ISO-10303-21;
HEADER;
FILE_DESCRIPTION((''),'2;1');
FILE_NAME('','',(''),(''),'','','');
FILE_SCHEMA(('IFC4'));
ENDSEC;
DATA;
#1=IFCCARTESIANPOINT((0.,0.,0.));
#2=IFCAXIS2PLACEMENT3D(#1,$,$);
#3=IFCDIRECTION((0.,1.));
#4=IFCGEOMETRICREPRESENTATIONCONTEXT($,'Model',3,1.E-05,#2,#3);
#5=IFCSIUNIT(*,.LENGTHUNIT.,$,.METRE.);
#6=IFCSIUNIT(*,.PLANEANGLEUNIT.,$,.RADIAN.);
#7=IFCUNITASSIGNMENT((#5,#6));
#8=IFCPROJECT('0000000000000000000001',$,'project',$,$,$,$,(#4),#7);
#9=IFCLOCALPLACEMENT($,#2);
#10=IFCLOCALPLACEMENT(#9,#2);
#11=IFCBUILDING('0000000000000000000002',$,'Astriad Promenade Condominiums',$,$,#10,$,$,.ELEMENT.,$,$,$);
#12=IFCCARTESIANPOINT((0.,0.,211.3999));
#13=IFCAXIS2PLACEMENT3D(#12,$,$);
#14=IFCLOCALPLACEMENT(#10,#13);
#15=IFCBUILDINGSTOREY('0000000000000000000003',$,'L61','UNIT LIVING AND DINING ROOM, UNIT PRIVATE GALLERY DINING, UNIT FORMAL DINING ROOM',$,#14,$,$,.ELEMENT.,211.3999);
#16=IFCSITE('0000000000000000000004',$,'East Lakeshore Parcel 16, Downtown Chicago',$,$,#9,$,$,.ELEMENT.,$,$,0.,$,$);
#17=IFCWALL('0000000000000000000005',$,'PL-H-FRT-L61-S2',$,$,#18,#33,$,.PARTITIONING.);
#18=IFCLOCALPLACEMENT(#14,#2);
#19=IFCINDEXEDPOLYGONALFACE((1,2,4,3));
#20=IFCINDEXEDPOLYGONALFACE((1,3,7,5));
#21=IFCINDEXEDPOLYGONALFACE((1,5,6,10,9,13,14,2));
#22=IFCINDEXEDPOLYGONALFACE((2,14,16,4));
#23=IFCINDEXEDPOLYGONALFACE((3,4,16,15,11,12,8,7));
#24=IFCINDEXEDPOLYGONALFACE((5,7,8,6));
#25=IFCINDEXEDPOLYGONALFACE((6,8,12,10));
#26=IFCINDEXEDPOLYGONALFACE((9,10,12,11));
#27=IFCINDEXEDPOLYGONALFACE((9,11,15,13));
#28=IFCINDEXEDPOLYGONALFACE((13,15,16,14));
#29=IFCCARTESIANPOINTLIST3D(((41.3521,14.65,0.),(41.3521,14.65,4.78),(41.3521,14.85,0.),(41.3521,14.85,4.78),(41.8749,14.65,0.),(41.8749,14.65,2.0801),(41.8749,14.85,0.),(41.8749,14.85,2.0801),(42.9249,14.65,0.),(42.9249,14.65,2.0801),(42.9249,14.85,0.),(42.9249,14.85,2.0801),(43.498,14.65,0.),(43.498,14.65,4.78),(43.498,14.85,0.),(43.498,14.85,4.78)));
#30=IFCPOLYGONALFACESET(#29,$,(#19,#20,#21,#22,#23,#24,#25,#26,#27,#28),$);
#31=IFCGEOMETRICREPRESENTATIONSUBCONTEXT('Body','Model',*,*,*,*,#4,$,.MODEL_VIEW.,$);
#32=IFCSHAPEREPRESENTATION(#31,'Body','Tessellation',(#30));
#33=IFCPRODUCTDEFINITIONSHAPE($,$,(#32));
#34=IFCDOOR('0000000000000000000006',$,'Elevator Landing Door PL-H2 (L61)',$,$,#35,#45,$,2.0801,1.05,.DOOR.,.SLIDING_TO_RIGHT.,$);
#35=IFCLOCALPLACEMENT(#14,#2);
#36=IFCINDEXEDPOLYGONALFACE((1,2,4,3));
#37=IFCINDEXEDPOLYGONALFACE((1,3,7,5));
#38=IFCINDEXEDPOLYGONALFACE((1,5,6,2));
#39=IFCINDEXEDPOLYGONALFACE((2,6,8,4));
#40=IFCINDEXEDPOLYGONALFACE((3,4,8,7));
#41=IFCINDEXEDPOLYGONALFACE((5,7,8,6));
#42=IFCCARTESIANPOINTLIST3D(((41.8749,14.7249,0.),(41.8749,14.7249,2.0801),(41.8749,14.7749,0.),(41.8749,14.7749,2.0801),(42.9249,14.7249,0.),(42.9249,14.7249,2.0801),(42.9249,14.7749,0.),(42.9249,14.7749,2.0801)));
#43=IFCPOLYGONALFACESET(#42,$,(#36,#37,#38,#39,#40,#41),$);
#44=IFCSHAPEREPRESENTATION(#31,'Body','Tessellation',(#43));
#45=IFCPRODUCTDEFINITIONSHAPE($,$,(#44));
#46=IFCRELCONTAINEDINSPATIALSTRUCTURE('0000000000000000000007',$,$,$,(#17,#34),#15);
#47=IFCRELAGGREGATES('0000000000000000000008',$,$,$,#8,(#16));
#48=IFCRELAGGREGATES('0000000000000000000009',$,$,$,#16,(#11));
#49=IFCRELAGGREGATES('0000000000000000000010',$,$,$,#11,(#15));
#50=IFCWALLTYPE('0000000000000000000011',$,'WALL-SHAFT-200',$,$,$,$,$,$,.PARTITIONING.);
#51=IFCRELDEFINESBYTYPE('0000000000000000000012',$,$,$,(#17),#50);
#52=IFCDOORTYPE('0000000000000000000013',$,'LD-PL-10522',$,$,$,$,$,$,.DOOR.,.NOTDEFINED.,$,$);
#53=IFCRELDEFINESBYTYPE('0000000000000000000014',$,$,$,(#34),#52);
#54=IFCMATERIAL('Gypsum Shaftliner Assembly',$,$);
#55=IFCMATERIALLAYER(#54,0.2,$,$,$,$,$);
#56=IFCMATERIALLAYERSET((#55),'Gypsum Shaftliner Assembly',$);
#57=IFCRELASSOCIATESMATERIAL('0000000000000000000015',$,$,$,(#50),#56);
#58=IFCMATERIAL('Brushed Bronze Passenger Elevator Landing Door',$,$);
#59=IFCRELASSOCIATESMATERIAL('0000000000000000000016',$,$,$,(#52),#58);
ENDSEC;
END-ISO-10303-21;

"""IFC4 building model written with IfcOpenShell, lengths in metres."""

from ifc_helpers import new_model, si_unit, direction, frame, frame_2d, origin, place, context, subcontext, project, spatial, rectangle, extrude, source, transform, mapped, material, layer, layer_set, type_object, type_shapes, element, fill, save


model = new_model("IFC4")

# Units and contexts
model_context = context("Model", 3, precision=1e-05, world=origin(), true_north=direction((0.0, 1.0)))
body_context = subcontext(model_context, "Body", "Model", "MODEL_VIEW")
ifc_project = project(units=[si_unit("LENGTHUNIT", "METRE"), si_unit("PLANEANGLEUNIT", "RADIAN")], contexts=[model_context])

# Site, building, storey
site_placement = place(None, origin())
site = spatial("IfcSite", under=ifc_project, at=site_placement, Name="East Lakeshore Parcel 16, Downtown Chicago", CompositionType="ELEMENT", RefElevation=0.0)
building_placement = place(site_placement, origin())
building = spatial("IfcBuilding", under=site, at=building_placement, Name="Astriad Promenade Condominiums", CompositionType="ELEMENT")
storey_placement = place(building_placement, frame((0.0, 0.0, 211.3999)))
storey = spatial("IfcBuildingStorey", under=building, at=storey_placement, Name="L61", Description="UNIT LIVING AND DINING ROOM, UNIT PRIVATE GALLERY DINING, UNIT FORMAL DINING ROOM", CompositionType="ELEMENT", Elevation=211.3999)

# Shared definitions
ifc_material_1 = material(Name="Gypsum Shaftliner Assembly")
ifc_layer_1 = layer(ifc_material_1, 0.2)
ifc_layer_set_1 = layer_set([ifc_layer_1], Name="Gypsum Shaftliner Assembly")
wall_type_1 = type_object("IfcWallType", Name="WALL-SHAFT-200", PredefinedType="PARTITIONING", material=ifc_layer_set_1)

# Wall, opening, door
ifc_material_2 = material(Name="Brushed Bronze Passenger Elevator Landing Door")
door_type_1 = type_object("IfcDoorType", Name="LD-PL-10522", OperationType="NOTDEFINED", PredefinedType="DOOR", material=ifc_material_2)
shared_shape_1 = source(origin(), body_context, "Body", "SweptSolid", [
    extrude(rectangle(XDim=1.05, YDim=2.0801, at=frame_2d((0.5249, 1.04))), frame((0.0, 0.0249, 0.0), z_axis=(0.0, -1.0, 0.0), x_axis=(1.0, 0.0, 0.0)), (0.0, 0.0, 1.0), 0.05),
])
type_shapes(door_type_1, [shared_shape_1])
wall_1_placement = place(storey_placement, frame((41.3521, 14.75, 0.0), z_axis=(0.0, 0.0, 1.0), x_axis=(1.0, 0.0, 0.0)))
wall_1 = element("IfcWall", 1, at=wall_1_placement, inside=storey, type_object=wall_type_1, Name="PL-H-FRT-L61-S2", PredefinedType="PARTITIONING", context=body_context, shape_type="SweptSolid", body=[
    extrude(rectangle(XDim=2.146, YDim=0.2, at=frame_2d((1.073, 0.0))), origin(), (0.0, 0.0, 1.0), 4.78),
])
opening_1_placement = place(wall_1_placement, frame((0.5229, 0.0, 0.0)))
opening_1 = element("IfcOpeningElement", 2, at=opening_1_placement, cuts=wall_1, PredefinedType="OPENING", context=body_context, shape_type="SweptSolid", body=[
    extrude(rectangle(XDim=1.05, YDim=2.0801, at=frame_2d((0.5249, 1.04))), frame((0.0, 0.1099, 0.0), z_axis=(0.0, -1.0, 0.0), x_axis=(1.0, 0.0, 0.0)), (0.0, 0.0, 1.0), 0.22),
])
door_1_placement = place(opening_1_placement, origin())
door_1 = element("IfcDoor", 3, at=door_1_placement, inside=storey, type_object=door_type_1, Name="Elevator Landing Door PL-H2 (L61)", OperationType="SLIDING_TO_RIGHT", OverallHeight=2.0801, OverallWidth=1.05, PredefinedType="DOOR", context=body_context, shape_type="MappedRepresentation", body=[
    mapped(shared_shape_1, transform((0.0, 0.0, 0.0), scale=1.0)),
])
fill(opening_1, door_1)

save(model, "model.ifc")
